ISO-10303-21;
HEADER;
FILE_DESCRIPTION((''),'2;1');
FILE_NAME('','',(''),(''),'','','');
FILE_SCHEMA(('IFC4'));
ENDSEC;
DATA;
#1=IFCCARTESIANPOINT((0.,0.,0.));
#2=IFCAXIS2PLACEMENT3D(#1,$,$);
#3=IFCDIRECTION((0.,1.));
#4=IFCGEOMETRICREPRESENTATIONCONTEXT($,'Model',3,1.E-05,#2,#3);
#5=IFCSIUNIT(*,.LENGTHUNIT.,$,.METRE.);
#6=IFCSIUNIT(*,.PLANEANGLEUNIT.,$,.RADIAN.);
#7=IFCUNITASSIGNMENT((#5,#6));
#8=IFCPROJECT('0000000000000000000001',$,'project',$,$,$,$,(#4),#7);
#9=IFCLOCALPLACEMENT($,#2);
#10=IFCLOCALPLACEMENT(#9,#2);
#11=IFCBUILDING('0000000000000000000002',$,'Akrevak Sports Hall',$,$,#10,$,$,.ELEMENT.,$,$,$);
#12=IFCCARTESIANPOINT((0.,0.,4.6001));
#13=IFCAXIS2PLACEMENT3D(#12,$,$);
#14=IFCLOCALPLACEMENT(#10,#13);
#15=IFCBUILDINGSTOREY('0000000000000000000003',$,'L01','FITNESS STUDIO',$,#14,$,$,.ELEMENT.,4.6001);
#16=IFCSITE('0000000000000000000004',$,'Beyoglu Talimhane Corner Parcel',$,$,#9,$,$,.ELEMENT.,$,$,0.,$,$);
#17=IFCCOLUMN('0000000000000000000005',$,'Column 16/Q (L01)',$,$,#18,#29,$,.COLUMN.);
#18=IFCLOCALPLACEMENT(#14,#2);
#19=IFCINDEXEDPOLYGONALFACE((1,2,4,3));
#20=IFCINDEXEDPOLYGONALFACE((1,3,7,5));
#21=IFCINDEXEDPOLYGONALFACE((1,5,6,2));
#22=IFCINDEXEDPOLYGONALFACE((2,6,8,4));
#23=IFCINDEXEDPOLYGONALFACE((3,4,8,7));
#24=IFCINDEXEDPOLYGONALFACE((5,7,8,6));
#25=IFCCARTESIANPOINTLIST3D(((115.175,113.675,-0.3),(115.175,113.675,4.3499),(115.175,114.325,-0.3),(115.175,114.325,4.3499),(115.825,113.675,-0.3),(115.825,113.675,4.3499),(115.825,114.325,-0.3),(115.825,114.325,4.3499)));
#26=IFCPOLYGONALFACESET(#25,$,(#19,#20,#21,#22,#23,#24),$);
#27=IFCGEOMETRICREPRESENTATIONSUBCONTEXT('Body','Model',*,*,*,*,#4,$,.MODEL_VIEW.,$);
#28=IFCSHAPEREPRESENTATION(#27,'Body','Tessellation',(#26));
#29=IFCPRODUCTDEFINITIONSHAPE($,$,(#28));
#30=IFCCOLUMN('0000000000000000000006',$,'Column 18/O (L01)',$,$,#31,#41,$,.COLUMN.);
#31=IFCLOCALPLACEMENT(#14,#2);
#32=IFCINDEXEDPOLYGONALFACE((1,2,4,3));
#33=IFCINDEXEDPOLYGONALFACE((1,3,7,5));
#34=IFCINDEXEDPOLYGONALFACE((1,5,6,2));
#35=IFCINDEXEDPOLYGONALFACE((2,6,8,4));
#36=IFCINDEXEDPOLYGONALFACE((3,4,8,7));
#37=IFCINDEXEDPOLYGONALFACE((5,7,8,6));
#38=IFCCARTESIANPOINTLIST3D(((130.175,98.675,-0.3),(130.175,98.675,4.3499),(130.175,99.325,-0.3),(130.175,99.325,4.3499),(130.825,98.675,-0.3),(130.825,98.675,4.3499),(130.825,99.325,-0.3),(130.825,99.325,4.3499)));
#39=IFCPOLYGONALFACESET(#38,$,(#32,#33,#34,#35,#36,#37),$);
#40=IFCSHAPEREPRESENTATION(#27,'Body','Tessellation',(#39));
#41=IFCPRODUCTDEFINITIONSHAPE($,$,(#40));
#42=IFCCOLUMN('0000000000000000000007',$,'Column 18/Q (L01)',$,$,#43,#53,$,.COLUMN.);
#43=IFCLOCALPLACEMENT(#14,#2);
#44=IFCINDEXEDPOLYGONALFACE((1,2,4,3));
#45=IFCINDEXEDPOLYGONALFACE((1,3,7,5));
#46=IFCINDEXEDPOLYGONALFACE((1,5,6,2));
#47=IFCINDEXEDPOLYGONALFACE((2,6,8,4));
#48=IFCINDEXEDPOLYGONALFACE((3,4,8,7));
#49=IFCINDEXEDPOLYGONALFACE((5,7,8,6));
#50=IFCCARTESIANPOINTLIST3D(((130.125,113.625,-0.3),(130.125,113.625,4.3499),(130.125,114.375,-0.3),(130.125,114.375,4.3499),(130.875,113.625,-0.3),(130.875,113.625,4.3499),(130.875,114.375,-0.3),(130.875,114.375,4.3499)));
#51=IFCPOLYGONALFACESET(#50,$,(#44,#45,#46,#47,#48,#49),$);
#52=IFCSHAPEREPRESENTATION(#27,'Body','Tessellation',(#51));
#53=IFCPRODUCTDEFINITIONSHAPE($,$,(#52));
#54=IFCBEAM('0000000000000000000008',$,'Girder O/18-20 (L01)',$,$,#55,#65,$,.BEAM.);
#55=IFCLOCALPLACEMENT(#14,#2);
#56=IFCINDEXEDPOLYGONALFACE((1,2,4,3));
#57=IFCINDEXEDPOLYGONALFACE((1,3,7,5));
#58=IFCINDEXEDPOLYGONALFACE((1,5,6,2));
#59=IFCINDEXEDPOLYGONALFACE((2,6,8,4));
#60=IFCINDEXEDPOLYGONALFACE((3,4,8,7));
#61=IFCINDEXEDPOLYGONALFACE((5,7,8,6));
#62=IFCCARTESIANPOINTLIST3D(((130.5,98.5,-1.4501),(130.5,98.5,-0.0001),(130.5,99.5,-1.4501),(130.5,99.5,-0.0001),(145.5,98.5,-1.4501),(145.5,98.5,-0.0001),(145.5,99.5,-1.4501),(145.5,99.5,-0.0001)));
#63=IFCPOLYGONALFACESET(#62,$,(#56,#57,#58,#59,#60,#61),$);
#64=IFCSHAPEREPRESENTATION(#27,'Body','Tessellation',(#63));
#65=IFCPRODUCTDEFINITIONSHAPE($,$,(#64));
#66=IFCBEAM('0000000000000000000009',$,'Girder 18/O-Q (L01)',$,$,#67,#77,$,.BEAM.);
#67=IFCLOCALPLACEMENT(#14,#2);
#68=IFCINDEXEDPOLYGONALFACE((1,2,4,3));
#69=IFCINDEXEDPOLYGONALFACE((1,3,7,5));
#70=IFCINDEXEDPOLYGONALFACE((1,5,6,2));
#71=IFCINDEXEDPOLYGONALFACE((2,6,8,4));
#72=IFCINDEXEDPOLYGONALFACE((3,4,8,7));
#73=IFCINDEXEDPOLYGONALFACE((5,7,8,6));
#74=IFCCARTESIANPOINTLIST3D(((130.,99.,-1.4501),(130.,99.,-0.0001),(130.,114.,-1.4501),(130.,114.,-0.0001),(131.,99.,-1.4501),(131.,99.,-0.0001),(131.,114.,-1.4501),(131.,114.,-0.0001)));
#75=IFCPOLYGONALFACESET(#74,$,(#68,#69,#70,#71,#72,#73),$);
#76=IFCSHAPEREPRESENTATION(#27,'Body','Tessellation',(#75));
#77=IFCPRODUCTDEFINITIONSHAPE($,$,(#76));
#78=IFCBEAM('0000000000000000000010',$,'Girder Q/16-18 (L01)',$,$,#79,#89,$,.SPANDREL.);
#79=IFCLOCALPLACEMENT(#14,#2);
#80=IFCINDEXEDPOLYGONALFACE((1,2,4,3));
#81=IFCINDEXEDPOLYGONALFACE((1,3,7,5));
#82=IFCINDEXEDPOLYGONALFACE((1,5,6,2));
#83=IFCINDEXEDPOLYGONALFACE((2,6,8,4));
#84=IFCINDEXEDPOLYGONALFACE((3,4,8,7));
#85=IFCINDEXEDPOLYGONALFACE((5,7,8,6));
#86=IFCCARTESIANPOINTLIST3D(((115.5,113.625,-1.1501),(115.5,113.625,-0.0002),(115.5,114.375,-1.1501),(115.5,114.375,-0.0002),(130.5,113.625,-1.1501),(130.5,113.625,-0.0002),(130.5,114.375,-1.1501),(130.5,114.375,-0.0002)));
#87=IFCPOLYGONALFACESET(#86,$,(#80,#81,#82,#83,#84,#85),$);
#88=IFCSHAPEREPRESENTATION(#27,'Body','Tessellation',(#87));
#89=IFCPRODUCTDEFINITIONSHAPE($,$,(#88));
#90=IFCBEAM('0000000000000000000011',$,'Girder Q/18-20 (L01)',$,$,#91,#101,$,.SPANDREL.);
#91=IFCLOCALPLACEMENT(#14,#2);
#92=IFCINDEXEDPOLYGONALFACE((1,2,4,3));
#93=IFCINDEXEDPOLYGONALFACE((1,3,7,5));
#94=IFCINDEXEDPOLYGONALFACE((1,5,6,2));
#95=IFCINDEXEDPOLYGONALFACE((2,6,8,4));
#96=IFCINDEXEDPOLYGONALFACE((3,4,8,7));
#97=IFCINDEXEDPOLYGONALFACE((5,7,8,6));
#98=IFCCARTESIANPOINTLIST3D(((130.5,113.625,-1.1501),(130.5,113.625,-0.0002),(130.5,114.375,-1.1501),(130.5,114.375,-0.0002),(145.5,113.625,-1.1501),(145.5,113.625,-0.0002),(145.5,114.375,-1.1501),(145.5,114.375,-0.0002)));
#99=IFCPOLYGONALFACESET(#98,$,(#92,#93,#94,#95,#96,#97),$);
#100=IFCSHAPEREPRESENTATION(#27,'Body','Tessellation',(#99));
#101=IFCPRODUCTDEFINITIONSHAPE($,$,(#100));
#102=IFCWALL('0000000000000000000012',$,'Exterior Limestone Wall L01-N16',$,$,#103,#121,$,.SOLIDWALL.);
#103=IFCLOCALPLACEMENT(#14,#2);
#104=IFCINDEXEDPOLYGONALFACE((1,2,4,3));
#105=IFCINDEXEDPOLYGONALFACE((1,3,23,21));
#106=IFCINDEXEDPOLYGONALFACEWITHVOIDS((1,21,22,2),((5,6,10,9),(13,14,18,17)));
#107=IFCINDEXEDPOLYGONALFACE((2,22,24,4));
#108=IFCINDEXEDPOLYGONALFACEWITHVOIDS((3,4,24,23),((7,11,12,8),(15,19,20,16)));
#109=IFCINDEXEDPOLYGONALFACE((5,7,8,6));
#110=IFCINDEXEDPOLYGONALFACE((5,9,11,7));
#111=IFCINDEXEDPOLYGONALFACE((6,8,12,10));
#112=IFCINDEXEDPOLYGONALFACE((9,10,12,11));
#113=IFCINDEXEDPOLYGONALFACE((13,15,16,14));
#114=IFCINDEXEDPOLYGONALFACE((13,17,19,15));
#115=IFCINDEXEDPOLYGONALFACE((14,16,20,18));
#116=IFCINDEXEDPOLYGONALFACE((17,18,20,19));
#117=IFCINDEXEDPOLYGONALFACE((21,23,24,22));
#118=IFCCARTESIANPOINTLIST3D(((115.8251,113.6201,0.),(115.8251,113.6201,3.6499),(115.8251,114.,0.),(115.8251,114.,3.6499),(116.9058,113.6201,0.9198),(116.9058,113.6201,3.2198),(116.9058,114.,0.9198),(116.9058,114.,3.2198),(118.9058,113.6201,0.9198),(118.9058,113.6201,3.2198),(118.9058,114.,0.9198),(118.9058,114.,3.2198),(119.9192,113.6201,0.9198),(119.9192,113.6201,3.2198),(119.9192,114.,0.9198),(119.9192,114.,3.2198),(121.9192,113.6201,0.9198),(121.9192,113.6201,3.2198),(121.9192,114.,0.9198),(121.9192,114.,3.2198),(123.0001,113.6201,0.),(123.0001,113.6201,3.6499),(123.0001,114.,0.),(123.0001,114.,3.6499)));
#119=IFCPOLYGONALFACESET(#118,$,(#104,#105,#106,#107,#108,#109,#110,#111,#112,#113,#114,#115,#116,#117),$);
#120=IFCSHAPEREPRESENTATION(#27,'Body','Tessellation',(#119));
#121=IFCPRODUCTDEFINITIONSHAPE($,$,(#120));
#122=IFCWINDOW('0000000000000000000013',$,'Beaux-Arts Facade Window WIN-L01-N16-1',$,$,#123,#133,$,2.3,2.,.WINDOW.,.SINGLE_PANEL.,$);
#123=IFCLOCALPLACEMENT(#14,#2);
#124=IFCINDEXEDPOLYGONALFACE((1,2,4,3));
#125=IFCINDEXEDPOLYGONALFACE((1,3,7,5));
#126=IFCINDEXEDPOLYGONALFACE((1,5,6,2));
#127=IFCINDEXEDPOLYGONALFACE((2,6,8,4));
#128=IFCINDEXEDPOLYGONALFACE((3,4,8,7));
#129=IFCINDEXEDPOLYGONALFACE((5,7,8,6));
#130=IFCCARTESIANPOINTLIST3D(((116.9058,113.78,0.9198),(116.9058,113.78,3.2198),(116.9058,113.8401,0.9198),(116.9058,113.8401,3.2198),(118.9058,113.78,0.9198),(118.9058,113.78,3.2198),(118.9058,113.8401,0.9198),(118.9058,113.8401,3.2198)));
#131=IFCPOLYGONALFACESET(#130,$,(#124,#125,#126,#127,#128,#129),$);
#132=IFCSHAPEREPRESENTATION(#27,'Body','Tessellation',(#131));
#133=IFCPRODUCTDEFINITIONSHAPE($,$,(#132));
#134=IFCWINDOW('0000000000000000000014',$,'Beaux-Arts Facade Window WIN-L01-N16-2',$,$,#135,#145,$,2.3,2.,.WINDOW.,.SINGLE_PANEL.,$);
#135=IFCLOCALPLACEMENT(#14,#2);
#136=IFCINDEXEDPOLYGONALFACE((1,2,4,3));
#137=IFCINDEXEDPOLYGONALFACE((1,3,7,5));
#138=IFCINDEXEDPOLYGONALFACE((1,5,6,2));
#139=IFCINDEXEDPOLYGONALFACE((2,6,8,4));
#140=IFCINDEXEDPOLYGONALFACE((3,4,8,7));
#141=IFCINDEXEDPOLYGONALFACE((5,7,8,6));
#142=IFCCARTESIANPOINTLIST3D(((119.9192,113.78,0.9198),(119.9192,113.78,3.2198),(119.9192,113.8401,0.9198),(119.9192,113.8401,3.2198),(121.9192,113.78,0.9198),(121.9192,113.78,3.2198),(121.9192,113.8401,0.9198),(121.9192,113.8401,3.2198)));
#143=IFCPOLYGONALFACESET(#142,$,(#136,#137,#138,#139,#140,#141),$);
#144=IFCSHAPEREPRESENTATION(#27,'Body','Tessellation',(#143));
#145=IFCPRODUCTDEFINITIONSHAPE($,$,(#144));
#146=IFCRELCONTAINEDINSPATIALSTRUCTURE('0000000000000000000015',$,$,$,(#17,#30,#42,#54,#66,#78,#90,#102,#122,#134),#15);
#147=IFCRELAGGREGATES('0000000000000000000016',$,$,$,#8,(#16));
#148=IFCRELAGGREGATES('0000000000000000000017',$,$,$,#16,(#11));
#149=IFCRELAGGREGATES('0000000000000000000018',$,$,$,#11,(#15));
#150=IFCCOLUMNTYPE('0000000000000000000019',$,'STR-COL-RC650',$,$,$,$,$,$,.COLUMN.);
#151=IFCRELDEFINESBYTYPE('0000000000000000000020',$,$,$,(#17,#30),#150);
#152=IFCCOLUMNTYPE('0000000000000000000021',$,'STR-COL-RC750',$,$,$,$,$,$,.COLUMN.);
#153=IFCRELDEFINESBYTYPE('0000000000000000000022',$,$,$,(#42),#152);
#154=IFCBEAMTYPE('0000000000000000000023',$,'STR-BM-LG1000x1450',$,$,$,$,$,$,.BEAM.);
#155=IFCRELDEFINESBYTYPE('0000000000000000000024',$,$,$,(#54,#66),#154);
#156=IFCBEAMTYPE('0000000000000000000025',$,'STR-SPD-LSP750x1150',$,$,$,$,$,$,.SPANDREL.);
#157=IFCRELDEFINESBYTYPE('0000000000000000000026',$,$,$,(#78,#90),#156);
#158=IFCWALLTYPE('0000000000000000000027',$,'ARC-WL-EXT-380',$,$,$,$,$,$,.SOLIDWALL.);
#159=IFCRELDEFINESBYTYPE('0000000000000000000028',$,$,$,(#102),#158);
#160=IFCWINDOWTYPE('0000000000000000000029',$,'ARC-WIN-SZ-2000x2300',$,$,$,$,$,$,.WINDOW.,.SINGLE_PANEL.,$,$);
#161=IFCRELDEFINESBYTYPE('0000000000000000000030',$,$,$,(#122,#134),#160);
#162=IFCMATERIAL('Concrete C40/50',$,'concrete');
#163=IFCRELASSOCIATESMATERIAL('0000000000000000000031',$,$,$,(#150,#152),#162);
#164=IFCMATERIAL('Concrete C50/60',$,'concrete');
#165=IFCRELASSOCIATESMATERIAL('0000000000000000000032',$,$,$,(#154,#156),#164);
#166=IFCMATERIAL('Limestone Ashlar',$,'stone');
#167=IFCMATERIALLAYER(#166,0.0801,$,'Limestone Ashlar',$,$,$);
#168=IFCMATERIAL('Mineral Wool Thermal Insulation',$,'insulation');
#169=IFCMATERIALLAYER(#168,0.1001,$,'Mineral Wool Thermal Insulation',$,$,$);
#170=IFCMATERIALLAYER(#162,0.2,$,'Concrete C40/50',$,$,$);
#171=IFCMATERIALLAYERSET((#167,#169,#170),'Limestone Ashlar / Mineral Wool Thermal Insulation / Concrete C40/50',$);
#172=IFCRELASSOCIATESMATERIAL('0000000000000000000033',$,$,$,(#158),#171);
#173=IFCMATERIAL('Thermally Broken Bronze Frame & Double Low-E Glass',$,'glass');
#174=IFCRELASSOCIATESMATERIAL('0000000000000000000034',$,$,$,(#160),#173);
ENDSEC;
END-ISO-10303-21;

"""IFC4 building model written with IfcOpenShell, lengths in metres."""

from ifc_helpers import new_model, si_unit, direction, frame, frame_2d, origin, origin_2d, place, context, subcontext, project, spatial, rectangle, extrude, material, layer, layer_set, material_profile, profile_set, type_object, element, fill, save


model = new_model("IFC4")

# Units and contexts
model_context = context("Model", 3, precision=1e-05, world=origin(), true_north=direction((0.0, 1.0)))
body_context = subcontext(model_context, "Body", "Model", "MODEL_VIEW")
ifc_project = project(units=[si_unit("LENGTHUNIT", "METRE"), si_unit("PLANEANGLEUNIT", "RADIAN")], contexts=[model_context])

# Site, building, storey
site_placement = place(None, origin())
site = spatial("IfcSite", under=ifc_project, at=site_placement, Name="Beyoglu Talimhane Corner Parcel", CompositionType="ELEMENT", RefElevation=0.0)
building_placement = place(site_placement, origin())
building = spatial("IfcBuilding", under=site, at=building_placement, Name="Akrevak Sports Hall", CompositionType="ELEMENT")
storey_placement = place(building_placement, frame((0.0, 0.0, 4.6001)))
storey = spatial("IfcBuildingStorey", under=building, at=storey_placement, Name="L01", Description="FITNESS STUDIO", CompositionType="ELEMENT", Elevation=4.6001)

# Columns
ifc_material_1 = material(Name="Concrete C40/50", Category="concrete")
ifc_material_profile_1 = material_profile(ifc_material_1, rectangle(XDim=0.6499, YDim=0.6499, at=origin_2d()), Name="RC 650x650", Category="concrete")
ifc_profile_set_1 = profile_set([ifc_material_profile_1], Name="Concrete C40/50")
column_type_1 = type_object("IfcColumnType", Name="STR-COL-RC650", PredefinedType="COLUMN", material=ifc_profile_set_1)
for number, where, z_axis, x_axis, name in (
    (1, (115.5, 114.0, -0.3), (0.0, 0.0, 1.0), (1.0, 0.0, 0.0), "Column 16/Q (L01)"),
    (2, (130.5, 99.0, -0.3), (0.0, 0.0, 1.0), (1.0, 0.0, 0.0), "Column 18/O (L01)"),
):
    element("IfcColumn", number, at=place(storey_placement, frame(where, z_axis=z_axis, x_axis=x_axis)), inside=storey, type_object=column_type_1, Name=name, PredefinedType="COLUMN", context=body_context, shape_type="SweptSolid", body=[
        extrude(rectangle(XDim=0.6499, YDim=0.6499, at=origin_2d()), origin(), (0.0, 0.0, 1.0), 4.6499),
    ])
ifc_material_profile_2 = material_profile(ifc_material_1, rectangle(XDim=0.75, YDim=0.75, at=origin_2d()), Name="RC 750x750", Category="concrete")
ifc_profile_set_2 = profile_set([ifc_material_profile_2], Name="Concrete C40/50")
column_type_2 = type_object("IfcColumnType", Name="STR-COL-RC750", PredefinedType="COLUMN", material=ifc_profile_set_2)
column_placement = place(storey_placement, frame((130.5, 114.0, -0.3), z_axis=(0.0, 0.0, 1.0), x_axis=(1.0, 0.0, 0.0)))
element("IfcColumn", 3, at=column_placement, inside=storey, type_object=column_type_2, Name="Column 18/Q (L01)", PredefinedType="COLUMN", context=body_context, shape_type="SweptSolid", body=[
    extrude(rectangle(XDim=0.75, YDim=0.75, at=origin_2d()), origin(), (0.0, 0.0, 1.0), 4.6499),
])

# Beams
ifc_material_2 = material(Name="Concrete C50/60", Category="concrete")
ifc_material_profile_3 = material_profile(ifc_material_2, rectangle(XDim=1.0, YDim=1.45, at=origin_2d()), Name="BM 1000x1450", Category="concrete")
ifc_profile_set_3 = profile_set([ifc_material_profile_3], Name="Concrete C50/60")
beam_type_1 = type_object("IfcBeamType", Name="STR-BM-LG1000x1450", PredefinedType="BEAM", material=ifc_profile_set_3)
for number, where, z_axis, x_axis, name in (
    (4, (130.5, 99.0, -0.7251), (1.0, 0.0, 0.0), (0.0, 1.0, 0.0), "Girder O/18-20 (L01)"),
    (5, (130.5, 99.0, -0.7251), (0.0, 1.0, 0.0), (-1.0, 0.0, 0.0), "Girder 18/O-Q (L01)"),
):
    element("IfcBeam", number, at=place(storey_placement, frame(where, z_axis=z_axis, x_axis=x_axis)), inside=storey, type_object=beam_type_1, Name=name, PredefinedType="BEAM", context=body_context, shape_type="SweptSolid", body=[
        extrude(rectangle(XDim=1.0, YDim=1.45, at=origin_2d()), origin(), (0.0, 0.0, 1.0), 15.0),
    ])
ifc_material_profile_4 = material_profile(ifc_material_2, rectangle(XDim=0.75, YDim=1.1499, at=origin_2d()), Name="SPD 750x1150", Category="concrete")
ifc_profile_set_4 = profile_set([ifc_material_profile_4], Name="Concrete C50/60")
beam_type_2 = type_object("IfcBeamType", Name="STR-SPD-LSP750x1150", PredefinedType="SPANDREL", material=ifc_profile_set_4)
for number, where, z_axis, x_axis, name in (
    (6, (115.5, 114.0, -0.5752), (1.0, 0.0, 0.0), (0.0, 1.0, 0.0), "Girder Q/16-18 (L01)"),
    (7, (130.5, 114.0, -0.5752), (1.0, 0.0, 0.0), (0.0, 1.0, 0.0), "Girder Q/18-20 (L01)"),
):
    element("IfcBeam", number, at=place(storey_placement, frame(where, z_axis=z_axis, x_axis=x_axis)), inside=storey, type_object=beam_type_2, Name=name, PredefinedType="SPANDREL", context=body_context, shape_type="SweptSolid", body=[
        extrude(rectangle(XDim=0.75, YDim=1.1499, at=origin_2d()), origin(), (0.0, 0.0, 1.0), 15.0),
    ])

# Wall, openings, windows
ifc_material_3 = material(Name="Limestone Ashlar", Category="stone")
ifc_layer_1 = layer(ifc_material_3, 0.0801, Name="Limestone Ashlar")
ifc_material_4 = material(Name="Mineral Wool Thermal Insulation", Category="insulation")
ifc_layer_2 = layer(ifc_material_4, 0.1001, Name="Mineral Wool Thermal Insulation")
ifc_layer_3 = layer(ifc_material_1, 0.2, Name="Concrete C40/50")
ifc_layer_set_1 = layer_set([ifc_layer_1, ifc_layer_2, ifc_layer_3], Name="Limestone Ashlar / Mineral Wool Thermal Insulation / Concrete C40/50")
wall_type_1 = type_object("IfcWallType", Name="ARC-WL-EXT-380", PredefinedType="SOLIDWALL", material=ifc_layer_set_1)
wall_1_placement = place(storey_placement, frame((123.0, 113.8101, 0.0), z_axis=(0.0, 0.0, 1.0), x_axis=(-1.0, 0.0, 0.0)))
wall_1 = element("IfcWall", 8, at=wall_1_placement, inside=storey, type_object=wall_type_1, Name="Exterior Limestone Wall L01-N16", PredefinedType="SOLIDWALL", context=body_context, shape_type="SweptSolid", body=[
    extrude(rectangle(XDim=7.175, YDim=0.3799, at=frame_2d((3.5874, 0.0))), origin(), (0.0, 0.0, 1.0), 3.6499),
])
opening_1_placement = place(wall_1_placement, frame((4.0942, 0.0, 0.9199)))
opening_1 = element("IfcOpeningElement", 9, at=opening_1_placement, cuts=wall_1, PredefinedType="OPENING", context=body_context, shape_type="SweptSolid", body=[
    extrude(rectangle(XDim=2.0, YDim=2.3, at=frame_2d((1.0, 1.1499))), frame((0.0, 0.2019, 0.0), z_axis=(0.0, -1.0, 0.0), x_axis=(1.0, 0.0, 0.0)), (0.0, 0.0, 1.0), 0.4038),
])
opening_2_placement = place(wall_1_placement, frame((1.0808, 0.0, 0.9199)))
opening_2 = element("IfcOpeningElement", 10, at=opening_2_placement, cuts=wall_1, PredefinedType="OPENING", context=body_context, shape_type="SweptSolid", body=[
    extrude(rectangle(XDim=2.0, YDim=2.3, at=frame_2d((1.0, 1.1499))), frame((0.0, 0.2019, 0.0), z_axis=(0.0, -1.0, 0.0), x_axis=(1.0, 0.0, 0.0)), (0.0, 0.0, 1.0), 0.4038),
])
ifc_material_5 = material(Name="Thermally Broken Bronze Frame & Double Low-E Glass", Category="glass")
window_type_1 = type_object("IfcWindowType", Name="ARC-WIN-SZ-2000x2300", PartitioningType="SINGLE_PANEL", PredefinedType="WINDOW", material=ifc_material_5)
window_1_placement = place(opening_1_placement, origin())
window_1 = element("IfcWindow", 11, at=window_1_placement, inside=storey, type_object=window_type_1, Name="Beaux-Arts Facade Window WIN-L01-N16-1", OverallHeight=2.3, OverallWidth=2.0, PartitioningType="SINGLE_PANEL", PredefinedType="WINDOW", context=body_context, shape_type="SweptSolid", body=[
    extrude(rectangle(XDim=2.0, YDim=2.3, at=frame_2d((1.0, 1.1499))), frame((0.0, 0.03, 0.0), z_axis=(0.0, -1.0, 0.0), x_axis=(1.0, 0.0, 0.0)), (0.0, 0.0, 1.0), 0.0601),
])
fill(opening_1, window_1)
window_2_placement = place(opening_2_placement, origin())
window_2 = element("IfcWindow", 12, at=window_2_placement, inside=storey, type_object=window_type_1, Name="Beaux-Arts Facade Window WIN-L01-N16-2", OverallHeight=2.3, OverallWidth=2.0, PartitioningType="SINGLE_PANEL", PredefinedType="WINDOW", context=body_context, shape_type="SweptSolid", body=[
    extrude(rectangle(XDim=2.0, YDim=2.3, at=frame_2d((1.0, 1.1499))), frame((0.0, 0.03, 0.0), z_axis=(0.0, -1.0, 0.0), x_axis=(1.0, 0.0, 0.0)), (0.0, 0.0, 1.0), 0.0601),
])
fill(opening_2, window_2)

save(model, "model.ifc")
